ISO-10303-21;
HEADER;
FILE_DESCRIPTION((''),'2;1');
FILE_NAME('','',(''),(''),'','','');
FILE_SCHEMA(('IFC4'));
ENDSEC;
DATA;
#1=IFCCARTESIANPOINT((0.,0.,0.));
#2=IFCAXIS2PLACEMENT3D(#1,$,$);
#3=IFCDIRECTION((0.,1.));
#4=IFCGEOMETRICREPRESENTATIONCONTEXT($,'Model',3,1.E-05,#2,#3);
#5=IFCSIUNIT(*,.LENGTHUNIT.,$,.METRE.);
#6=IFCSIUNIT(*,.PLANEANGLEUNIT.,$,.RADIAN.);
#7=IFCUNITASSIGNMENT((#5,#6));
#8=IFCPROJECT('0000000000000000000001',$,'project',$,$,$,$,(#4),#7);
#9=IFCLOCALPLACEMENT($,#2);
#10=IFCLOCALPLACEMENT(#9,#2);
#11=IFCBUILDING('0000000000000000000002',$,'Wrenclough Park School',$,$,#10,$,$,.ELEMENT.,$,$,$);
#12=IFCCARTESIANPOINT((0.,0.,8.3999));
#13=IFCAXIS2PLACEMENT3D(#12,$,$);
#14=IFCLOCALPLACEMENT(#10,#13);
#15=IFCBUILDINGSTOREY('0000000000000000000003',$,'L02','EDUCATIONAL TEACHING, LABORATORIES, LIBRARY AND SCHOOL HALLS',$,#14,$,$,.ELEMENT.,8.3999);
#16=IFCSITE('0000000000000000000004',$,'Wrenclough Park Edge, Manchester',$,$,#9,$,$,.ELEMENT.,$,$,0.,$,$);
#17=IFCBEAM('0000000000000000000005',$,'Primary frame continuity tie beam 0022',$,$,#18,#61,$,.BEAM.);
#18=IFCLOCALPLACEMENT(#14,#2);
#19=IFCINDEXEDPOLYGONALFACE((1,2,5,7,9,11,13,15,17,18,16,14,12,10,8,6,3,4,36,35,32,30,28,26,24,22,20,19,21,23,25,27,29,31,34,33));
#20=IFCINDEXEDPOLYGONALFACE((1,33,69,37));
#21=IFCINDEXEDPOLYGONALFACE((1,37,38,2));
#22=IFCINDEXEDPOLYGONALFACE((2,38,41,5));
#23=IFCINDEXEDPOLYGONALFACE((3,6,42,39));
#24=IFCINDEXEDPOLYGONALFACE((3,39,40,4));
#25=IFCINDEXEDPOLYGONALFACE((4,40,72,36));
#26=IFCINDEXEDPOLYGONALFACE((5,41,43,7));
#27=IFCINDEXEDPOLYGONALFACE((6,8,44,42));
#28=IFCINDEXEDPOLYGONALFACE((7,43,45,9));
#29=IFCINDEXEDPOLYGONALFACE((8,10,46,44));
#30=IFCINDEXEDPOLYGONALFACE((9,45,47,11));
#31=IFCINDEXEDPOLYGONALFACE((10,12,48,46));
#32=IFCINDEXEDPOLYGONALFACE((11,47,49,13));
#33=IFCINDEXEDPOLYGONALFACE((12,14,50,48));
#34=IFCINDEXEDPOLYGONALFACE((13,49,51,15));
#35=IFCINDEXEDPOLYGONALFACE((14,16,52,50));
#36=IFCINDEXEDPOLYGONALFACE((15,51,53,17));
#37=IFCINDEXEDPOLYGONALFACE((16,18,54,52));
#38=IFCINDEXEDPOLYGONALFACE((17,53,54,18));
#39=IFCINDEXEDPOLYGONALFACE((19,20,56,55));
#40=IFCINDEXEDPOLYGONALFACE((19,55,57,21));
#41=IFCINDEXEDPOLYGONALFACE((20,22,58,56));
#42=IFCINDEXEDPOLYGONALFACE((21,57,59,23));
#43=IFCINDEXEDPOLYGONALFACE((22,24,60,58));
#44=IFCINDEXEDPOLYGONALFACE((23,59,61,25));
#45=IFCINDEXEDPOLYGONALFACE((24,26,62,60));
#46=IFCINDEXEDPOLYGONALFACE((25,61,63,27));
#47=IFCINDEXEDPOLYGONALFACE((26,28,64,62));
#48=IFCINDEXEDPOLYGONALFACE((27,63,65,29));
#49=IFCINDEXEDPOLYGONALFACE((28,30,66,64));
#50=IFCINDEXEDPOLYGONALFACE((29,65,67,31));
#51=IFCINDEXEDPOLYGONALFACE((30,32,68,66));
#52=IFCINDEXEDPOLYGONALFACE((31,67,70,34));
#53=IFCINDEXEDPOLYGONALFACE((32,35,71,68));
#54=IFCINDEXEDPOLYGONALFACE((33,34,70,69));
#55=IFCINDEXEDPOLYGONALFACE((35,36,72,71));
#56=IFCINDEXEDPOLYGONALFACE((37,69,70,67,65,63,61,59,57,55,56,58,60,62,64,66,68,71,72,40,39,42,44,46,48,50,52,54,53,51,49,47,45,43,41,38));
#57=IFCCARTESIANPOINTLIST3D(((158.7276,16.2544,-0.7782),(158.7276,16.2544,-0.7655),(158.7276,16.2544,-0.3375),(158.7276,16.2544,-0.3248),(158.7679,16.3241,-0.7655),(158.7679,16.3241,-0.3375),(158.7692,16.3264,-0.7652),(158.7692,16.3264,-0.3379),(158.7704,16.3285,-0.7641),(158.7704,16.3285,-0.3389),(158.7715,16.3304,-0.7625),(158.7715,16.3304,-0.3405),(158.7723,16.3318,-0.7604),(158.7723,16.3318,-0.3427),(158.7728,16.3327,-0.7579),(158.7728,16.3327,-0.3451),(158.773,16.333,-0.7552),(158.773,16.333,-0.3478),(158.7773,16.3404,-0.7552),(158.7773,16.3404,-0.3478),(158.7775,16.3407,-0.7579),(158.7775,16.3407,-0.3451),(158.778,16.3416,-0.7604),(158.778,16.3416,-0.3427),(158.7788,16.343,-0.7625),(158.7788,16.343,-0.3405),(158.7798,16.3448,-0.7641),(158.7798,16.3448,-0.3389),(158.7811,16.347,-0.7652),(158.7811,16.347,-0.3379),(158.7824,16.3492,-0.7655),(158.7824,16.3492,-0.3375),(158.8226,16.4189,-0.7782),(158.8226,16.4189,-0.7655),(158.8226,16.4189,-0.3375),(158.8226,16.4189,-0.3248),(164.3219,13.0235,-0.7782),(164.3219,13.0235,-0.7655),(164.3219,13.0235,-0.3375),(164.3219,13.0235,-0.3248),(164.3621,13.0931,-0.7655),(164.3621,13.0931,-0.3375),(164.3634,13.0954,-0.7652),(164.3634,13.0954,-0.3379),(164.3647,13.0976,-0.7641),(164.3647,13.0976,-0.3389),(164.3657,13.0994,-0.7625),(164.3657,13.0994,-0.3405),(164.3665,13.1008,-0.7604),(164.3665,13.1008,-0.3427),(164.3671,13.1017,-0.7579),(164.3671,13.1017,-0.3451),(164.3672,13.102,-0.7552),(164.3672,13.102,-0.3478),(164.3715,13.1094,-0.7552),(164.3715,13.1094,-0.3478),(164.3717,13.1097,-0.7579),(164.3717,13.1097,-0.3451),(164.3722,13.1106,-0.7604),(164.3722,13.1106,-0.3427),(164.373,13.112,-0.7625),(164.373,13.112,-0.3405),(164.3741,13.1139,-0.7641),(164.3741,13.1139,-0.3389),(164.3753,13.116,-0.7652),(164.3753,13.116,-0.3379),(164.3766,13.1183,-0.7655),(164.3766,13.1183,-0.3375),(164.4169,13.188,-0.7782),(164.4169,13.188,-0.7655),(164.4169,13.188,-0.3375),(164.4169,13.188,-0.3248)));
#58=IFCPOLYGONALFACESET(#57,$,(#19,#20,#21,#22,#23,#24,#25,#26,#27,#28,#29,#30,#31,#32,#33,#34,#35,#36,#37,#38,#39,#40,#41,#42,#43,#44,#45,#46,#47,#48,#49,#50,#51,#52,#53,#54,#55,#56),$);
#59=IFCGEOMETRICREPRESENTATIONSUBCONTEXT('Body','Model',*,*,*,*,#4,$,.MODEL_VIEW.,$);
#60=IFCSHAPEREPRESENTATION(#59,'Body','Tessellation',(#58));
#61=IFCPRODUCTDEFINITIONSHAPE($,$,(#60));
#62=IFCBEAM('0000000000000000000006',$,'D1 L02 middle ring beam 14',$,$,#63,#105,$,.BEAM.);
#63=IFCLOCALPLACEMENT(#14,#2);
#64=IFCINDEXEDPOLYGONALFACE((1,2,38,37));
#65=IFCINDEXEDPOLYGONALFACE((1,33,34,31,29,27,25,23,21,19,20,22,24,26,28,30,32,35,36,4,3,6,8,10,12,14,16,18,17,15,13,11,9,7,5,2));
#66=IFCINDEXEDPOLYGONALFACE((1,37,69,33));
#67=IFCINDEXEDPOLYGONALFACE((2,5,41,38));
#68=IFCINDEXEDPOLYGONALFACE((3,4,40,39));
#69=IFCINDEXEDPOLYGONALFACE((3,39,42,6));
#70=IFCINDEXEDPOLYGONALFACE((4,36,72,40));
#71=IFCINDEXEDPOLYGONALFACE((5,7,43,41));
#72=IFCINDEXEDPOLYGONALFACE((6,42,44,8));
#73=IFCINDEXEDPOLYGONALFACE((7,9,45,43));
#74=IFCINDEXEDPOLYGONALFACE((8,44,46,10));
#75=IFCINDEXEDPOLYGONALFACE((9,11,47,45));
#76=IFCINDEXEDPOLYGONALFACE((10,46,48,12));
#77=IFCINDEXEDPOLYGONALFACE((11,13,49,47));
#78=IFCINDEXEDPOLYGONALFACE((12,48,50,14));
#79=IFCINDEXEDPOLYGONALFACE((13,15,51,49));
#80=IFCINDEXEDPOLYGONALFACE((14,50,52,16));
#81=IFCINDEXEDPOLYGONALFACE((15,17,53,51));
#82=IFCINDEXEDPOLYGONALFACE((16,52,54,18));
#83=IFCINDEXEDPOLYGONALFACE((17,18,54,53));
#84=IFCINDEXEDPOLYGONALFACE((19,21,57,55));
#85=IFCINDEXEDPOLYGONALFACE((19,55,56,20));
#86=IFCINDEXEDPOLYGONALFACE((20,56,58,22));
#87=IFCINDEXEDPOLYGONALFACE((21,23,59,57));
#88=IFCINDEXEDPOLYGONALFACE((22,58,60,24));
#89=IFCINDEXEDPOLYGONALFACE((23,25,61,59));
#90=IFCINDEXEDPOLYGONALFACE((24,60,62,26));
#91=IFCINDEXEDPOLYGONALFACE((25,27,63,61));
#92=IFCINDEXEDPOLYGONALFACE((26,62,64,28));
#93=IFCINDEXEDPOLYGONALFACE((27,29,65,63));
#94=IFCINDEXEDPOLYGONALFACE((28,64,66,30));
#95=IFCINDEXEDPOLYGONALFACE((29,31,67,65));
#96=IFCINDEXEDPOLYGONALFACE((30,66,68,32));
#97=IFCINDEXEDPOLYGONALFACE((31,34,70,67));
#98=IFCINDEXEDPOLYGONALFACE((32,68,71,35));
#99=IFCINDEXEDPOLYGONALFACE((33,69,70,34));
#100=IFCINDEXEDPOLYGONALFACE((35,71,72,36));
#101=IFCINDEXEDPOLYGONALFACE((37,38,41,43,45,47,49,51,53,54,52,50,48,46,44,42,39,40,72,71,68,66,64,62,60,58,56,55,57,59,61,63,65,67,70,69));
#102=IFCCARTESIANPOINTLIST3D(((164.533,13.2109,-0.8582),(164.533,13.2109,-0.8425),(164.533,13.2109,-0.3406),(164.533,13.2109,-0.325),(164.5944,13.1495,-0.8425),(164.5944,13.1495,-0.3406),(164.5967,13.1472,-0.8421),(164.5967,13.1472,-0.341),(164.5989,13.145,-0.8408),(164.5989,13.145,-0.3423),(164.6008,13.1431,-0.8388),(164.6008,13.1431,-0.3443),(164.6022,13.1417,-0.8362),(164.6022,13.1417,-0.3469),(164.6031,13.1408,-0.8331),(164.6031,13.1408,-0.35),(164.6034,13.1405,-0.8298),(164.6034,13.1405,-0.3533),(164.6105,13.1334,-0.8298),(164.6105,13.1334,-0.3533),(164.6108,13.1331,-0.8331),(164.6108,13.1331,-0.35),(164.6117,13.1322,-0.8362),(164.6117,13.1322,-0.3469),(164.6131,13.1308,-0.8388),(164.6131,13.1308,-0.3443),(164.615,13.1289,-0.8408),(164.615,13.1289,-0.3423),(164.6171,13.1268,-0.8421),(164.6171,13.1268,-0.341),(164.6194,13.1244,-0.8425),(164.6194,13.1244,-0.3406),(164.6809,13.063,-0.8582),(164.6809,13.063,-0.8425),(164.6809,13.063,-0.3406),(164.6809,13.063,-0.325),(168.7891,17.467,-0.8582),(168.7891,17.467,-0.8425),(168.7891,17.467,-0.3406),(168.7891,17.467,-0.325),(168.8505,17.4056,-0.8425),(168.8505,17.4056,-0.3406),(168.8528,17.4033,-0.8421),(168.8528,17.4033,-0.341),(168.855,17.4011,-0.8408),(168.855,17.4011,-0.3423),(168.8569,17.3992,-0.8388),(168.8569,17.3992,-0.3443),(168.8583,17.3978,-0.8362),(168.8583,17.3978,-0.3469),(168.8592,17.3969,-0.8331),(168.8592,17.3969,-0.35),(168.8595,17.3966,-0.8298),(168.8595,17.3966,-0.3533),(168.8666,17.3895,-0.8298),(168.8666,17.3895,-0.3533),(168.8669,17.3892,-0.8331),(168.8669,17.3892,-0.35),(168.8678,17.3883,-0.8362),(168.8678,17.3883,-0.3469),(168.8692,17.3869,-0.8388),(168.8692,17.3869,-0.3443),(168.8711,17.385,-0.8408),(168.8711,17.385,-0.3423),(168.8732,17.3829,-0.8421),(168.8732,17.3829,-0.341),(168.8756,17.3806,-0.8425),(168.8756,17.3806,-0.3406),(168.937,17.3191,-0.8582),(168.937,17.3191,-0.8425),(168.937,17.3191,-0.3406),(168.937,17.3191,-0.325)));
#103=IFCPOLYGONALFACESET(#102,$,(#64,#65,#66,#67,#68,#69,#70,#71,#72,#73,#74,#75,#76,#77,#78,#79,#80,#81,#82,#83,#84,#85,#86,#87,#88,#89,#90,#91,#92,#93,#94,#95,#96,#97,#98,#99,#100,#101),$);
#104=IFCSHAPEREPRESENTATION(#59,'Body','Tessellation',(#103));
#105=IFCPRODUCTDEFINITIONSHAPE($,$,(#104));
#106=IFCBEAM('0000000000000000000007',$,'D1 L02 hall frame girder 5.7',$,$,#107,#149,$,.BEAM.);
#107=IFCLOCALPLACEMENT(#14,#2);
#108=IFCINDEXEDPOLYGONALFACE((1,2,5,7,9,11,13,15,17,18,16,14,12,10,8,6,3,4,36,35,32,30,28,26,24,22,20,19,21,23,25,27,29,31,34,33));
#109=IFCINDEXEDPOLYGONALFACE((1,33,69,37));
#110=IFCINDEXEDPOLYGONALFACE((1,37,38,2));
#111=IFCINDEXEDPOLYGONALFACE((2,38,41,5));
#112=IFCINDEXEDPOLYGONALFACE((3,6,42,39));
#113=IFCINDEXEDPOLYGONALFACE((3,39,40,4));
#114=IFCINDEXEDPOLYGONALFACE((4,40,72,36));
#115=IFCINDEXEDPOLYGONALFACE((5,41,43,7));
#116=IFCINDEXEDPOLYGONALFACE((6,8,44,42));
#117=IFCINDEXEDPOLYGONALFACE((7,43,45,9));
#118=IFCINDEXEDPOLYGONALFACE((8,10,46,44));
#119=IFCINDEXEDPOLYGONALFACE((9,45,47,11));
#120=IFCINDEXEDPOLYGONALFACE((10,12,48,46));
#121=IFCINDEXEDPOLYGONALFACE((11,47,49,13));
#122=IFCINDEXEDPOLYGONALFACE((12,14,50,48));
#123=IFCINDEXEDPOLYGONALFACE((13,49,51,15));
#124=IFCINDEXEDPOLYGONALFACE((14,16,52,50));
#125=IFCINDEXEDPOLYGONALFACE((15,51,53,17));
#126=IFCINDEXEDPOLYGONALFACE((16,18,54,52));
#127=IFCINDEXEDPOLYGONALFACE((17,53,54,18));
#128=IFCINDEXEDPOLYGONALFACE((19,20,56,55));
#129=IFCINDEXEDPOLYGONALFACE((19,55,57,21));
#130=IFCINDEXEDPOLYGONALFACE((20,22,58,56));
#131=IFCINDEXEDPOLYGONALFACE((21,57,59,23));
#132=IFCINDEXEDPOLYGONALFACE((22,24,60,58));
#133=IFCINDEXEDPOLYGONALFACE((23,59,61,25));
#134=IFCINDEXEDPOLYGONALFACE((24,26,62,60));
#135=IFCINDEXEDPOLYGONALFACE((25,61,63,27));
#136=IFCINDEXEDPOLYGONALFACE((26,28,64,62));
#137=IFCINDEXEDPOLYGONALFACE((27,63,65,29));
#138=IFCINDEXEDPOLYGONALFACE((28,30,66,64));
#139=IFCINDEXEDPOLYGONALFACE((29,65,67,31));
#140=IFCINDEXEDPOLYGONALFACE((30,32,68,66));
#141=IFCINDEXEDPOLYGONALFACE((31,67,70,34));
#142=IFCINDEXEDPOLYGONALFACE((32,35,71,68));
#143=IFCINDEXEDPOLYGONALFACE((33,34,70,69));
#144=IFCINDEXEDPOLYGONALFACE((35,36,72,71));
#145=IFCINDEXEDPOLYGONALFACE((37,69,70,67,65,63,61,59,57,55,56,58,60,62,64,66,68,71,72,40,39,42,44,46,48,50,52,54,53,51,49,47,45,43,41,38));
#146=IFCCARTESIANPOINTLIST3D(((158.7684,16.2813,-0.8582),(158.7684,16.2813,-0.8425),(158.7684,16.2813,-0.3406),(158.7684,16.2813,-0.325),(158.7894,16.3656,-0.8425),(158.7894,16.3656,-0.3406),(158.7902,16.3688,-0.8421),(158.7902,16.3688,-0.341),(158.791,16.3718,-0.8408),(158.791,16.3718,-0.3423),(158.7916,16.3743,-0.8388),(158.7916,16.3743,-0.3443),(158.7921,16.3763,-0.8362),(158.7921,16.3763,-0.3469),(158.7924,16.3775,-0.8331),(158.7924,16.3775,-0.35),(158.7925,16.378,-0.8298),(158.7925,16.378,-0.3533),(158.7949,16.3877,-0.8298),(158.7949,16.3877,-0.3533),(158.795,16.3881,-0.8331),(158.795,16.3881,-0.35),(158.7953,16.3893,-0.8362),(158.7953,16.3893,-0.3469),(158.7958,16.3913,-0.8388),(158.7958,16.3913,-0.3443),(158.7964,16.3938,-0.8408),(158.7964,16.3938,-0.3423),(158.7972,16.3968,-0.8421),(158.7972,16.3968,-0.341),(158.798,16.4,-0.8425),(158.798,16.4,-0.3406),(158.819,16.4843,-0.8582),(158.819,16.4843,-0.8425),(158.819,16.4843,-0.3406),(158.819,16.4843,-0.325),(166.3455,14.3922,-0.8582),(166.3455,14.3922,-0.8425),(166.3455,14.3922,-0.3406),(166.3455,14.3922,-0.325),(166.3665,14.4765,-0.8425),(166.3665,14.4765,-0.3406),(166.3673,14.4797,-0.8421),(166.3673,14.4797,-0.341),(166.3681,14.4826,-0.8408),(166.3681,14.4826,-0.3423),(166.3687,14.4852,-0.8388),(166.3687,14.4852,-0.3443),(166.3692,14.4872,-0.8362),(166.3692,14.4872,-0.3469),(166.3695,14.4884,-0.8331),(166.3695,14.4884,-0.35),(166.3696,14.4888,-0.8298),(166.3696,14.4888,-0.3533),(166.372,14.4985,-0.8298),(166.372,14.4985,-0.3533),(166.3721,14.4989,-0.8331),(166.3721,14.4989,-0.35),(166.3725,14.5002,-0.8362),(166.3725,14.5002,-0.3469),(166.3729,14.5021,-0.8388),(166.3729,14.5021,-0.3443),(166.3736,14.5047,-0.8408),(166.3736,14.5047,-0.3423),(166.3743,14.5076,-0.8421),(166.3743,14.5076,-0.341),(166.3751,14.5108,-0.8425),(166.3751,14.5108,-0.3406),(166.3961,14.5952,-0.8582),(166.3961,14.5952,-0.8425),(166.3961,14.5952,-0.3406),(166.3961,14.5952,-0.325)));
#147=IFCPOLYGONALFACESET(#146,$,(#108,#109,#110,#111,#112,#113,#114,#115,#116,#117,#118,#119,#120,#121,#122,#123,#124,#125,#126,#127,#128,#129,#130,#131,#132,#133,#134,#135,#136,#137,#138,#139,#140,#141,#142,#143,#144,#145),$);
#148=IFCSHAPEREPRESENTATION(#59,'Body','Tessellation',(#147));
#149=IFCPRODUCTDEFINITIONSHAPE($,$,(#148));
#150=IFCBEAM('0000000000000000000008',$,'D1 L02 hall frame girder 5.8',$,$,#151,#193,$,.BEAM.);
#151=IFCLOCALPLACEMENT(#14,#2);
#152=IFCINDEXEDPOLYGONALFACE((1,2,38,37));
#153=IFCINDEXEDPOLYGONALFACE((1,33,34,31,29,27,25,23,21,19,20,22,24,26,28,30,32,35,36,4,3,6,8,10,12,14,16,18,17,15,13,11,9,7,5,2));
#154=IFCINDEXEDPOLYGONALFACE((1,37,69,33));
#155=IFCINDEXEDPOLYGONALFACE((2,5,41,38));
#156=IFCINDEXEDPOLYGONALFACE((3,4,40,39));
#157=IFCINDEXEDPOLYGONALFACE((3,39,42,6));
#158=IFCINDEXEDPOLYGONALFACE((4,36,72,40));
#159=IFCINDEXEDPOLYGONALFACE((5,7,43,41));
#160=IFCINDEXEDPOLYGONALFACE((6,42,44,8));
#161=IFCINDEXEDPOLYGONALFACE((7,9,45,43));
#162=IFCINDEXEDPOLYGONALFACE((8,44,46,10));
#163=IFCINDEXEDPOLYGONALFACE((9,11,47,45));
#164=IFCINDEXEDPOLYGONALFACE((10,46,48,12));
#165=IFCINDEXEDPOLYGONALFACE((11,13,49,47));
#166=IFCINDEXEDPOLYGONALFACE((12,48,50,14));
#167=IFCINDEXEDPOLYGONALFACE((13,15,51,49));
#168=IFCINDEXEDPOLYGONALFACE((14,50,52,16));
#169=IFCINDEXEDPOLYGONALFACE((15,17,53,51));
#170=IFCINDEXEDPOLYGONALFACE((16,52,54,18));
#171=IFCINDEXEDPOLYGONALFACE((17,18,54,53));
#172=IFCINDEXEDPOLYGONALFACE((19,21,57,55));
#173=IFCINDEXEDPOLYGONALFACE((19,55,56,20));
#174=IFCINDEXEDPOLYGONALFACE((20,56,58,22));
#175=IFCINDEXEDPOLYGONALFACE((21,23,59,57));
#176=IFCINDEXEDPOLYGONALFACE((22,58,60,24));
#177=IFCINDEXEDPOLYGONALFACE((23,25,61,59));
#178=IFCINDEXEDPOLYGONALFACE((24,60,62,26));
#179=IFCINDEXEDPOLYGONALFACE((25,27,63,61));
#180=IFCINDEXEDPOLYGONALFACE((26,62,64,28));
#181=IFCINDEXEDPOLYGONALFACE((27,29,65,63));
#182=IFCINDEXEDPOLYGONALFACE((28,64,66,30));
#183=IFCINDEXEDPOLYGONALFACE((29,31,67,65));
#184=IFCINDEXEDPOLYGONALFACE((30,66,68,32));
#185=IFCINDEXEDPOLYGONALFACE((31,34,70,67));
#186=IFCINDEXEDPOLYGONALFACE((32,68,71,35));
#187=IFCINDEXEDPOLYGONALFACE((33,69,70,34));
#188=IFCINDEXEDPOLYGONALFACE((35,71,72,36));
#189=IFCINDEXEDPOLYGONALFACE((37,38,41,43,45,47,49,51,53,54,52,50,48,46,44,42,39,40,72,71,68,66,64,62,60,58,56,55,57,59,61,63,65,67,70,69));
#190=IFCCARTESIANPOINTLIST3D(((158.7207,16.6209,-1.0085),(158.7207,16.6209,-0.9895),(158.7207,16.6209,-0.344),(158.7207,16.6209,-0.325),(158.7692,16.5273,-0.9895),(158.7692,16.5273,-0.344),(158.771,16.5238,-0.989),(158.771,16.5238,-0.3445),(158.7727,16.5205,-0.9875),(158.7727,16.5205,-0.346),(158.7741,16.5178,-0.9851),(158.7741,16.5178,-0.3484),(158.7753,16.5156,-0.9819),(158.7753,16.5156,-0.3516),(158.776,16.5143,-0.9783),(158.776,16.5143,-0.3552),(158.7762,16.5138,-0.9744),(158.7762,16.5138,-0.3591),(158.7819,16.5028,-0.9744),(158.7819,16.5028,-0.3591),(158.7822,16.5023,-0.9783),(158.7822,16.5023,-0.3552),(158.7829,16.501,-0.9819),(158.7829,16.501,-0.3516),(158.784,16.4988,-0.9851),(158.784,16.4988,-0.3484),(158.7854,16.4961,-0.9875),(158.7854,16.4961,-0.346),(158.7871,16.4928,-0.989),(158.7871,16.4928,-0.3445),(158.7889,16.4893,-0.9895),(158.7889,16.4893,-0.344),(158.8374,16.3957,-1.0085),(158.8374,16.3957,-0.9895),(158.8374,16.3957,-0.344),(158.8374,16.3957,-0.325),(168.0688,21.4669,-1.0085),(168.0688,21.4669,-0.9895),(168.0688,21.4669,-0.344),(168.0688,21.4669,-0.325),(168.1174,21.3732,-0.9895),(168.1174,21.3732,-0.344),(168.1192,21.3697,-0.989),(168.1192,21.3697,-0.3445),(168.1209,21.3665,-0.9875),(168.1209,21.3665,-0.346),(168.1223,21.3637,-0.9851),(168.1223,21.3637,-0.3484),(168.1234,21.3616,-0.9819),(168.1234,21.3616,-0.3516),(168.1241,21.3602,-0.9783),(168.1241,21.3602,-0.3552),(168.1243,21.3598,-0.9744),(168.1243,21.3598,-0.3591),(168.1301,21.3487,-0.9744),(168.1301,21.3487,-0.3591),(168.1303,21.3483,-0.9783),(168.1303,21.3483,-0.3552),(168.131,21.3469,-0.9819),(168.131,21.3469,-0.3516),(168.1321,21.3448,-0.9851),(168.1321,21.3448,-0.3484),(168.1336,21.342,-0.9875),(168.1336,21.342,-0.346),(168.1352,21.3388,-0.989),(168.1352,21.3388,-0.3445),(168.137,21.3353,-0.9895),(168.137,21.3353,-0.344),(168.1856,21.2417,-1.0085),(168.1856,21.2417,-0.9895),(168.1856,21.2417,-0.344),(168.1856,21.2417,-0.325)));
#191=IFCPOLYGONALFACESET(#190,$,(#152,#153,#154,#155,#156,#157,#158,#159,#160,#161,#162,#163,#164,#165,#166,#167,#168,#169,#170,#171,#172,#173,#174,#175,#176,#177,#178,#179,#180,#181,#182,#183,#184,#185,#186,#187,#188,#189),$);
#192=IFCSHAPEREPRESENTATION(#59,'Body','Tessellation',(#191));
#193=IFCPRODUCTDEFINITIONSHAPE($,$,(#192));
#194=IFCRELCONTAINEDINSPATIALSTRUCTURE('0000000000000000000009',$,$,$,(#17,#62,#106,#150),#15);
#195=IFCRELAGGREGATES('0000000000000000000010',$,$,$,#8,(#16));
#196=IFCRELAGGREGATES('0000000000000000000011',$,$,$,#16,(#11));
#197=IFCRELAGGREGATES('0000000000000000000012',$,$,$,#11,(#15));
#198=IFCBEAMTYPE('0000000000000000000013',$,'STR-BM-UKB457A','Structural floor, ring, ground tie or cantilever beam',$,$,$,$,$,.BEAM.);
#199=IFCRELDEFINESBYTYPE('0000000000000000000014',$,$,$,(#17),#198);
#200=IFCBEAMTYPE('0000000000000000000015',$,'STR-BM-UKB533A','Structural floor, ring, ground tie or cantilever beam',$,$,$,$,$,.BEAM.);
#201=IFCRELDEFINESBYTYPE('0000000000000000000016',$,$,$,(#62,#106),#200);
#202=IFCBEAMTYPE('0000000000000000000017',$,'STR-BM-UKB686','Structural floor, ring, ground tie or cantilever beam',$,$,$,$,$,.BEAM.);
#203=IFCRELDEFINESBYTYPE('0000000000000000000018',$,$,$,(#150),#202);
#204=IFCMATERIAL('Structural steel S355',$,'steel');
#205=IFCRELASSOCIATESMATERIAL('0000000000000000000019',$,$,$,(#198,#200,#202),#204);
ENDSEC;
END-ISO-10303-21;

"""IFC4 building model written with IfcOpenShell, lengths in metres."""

from ifc_helpers import new_model, si_unit, direction, frame, origin, origin_2d, place, context, subcontext, project, spatial, i_section, extrude, material, material_profile, profile_set, type_object, element, save


model = new_model("IFC4")

# Units and contexts
model_context = context("Model", 3, precision=1e-05, world=origin(), true_north=direction((0.0, 1.0)))
body_context = subcontext(model_context, "Body", "Model", "MODEL_VIEW")
ifc_project = project(units=[si_unit("LENGTHUNIT", "METRE"), si_unit("PLANEANGLEUNIT", "RADIAN")], contexts=[model_context])

# Site, building, storey
site_placement = place(None, origin())
site = spatial("IfcSite", under=ifc_project, at=site_placement, Name="Wrenclough Park Edge, Manchester", CompositionType="ELEMENT", RefElevation=0.0)
building_placement = place(site_placement, origin())
building = spatial("IfcBuilding", under=site, at=building_placement, Name="Wrenclough Park School", CompositionType="ELEMENT")
storey_placement = place(building_placement, frame((0.0, 0.0, 8.3999)))
storey = spatial("IfcBuildingStorey", under=building, at=storey_placement, Name="L02", Description="EDUCATIONAL TEACHING, LABORATORIES, LIBRARY AND SCHOOL HALLS", CompositionType="ELEMENT", Elevation=8.3999)

# Shared definitions
ifc_material_1 = material(Name="Structural steel S355", Category="steel")

# Beams
ifc_material_profile_1 = material_profile(ifc_material_1, i_section(OverallWidth=0.1899, OverallDepth=0.4534, WebThickness=0.0085, FlangeThickness=0.0127, FilletRadius=0.0103, at=origin_2d()), Name="UKB 457x191x67")
ifc_profile_set_1 = profile_set([ifc_material_profile_1], Name="Structural steel S355")
beam_type_1 = type_object("IfcBeamType", Name="STR-BM-UKB457A", Description="Structural floor, ring, ground tie or cantilever beam", PredefinedType="BEAM", material=ifc_profile_set_1)
beam_1_placement = place(storey_placement, frame((158.7751, 16.3367, -0.5515), z_axis=(0.86595, -0.50013, 0.0), x_axis=(0.50013, 0.86595, 0.0)))
element("IfcBeam", 1, at=beam_1_placement, inside=storey, type_object=beam_type_1, Name="Primary frame continuity tie beam 0022", PredefinedType="BEAM", context=body_context, shape_type="SweptSolid", body=[
    extrude(i_section(OverallWidth=0.1899, OverallDepth=0.4534, WebThickness=0.0085, FlangeThickness=0.0127, FilletRadius=0.0103, at=origin_2d()), origin(), (0.0, 0.0, 1.0), 6.4602),
])
ifc_material_profile_2 = material_profile(ifc_material_1, i_section(OverallWidth=0.2092, OverallDepth=0.5332, WebThickness=0.01, FlangeThickness=0.0156, FilletRadius=0.0127, at=origin_2d()), Name="UKB 533x210x92")
ifc_profile_set_2 = profile_set([ifc_material_profile_2], Name="Structural steel S355")
beam_type_2 = type_object("IfcBeamType", Name="STR-BM-UKB533A", Description="Structural floor, ring, ground tie or cantilever beam", PredefinedType="BEAM", material=ifc_profile_set_2)
beam_2_placement = place(storey_placement, frame((164.6069, 13.137, -0.5916), z_axis=(0.707107, 0.707107, 0.0), x_axis=(-0.707107, 0.707107, 0.0)))
element("IfcBeam", 2, at=beam_2_placement, inside=storey, type_object=beam_type_2, Name="D1 L02 middle ring beam 14", PredefinedType="BEAM", context=body_context, shape_type="SweptSolid", body=[
    extrude(i_section(OverallWidth=0.2092, OverallDepth=0.5332, WebThickness=0.01, FlangeThickness=0.0156, FilletRadius=0.0127, at=origin_2d()), origin(), (0.0, 0.0, 1.0), 6.019),
])
beam_3_placement = place(storey_placement, frame((158.7937, 16.3828, -0.5916), z_axis=(0.970297, -0.241918, 0.0), x_axis=(0.241918, 0.970297, 0.0)))
element("IfcBeam", 3, at=beam_3_placement, inside=storey, type_object=beam_type_2, Name="D1 L02 hall frame girder 5.7", PredefinedType="BEAM", context=body_context, shape_type="SweptSolid", body=[
    extrude(i_section(OverallWidth=0.2092, OverallDepth=0.5332, WebThickness=0.01, FlangeThickness=0.0156, FilletRadius=0.0127, at=origin_2d()), origin(), (0.0, 0.0, 1.0), 7.8091),
])
ifc_material_profile_3 = material_profile(ifc_material_1, i_section(OverallWidth=0.2537, OverallDepth=0.6836, WebThickness=0.0125, FlangeThickness=0.019, FilletRadius=0.0151, at=origin_2d()), Name="UKB 686x254x140")
ifc_profile_set_3 = profile_set([ifc_material_profile_3], Name="Structural steel S355")
beam_type_3 = type_object("IfcBeamType", Name="STR-BM-UKB686", Description="Structural floor, ring, ground tie or cantilever beam", PredefinedType="BEAM", material=ifc_profile_set_3)
beam_4_placement = place(storey_placement, frame((158.7791, 16.5083, -0.6667), z_axis=(0.887803, 0.460224, 0.0), x_axis=(-0.460224, 0.887803, 0.0)))
element("IfcBeam", 4, at=beam_4_placement, inside=storey, type_object=beam_type_3, Name="D1 L02 hall frame girder 5.8", PredefinedType="BEAM", context=body_context, shape_type="SweptSolid", body=[
    extrude(i_section(OverallWidth=0.2537, OverallDepth=0.6836, WebThickness=0.0125, FlangeThickness=0.019, FilletRadius=0.0151, at=origin_2d()), origin(), (0.0, 0.0, 1.0), 10.5295),
])

save(model, "model.ifc")
